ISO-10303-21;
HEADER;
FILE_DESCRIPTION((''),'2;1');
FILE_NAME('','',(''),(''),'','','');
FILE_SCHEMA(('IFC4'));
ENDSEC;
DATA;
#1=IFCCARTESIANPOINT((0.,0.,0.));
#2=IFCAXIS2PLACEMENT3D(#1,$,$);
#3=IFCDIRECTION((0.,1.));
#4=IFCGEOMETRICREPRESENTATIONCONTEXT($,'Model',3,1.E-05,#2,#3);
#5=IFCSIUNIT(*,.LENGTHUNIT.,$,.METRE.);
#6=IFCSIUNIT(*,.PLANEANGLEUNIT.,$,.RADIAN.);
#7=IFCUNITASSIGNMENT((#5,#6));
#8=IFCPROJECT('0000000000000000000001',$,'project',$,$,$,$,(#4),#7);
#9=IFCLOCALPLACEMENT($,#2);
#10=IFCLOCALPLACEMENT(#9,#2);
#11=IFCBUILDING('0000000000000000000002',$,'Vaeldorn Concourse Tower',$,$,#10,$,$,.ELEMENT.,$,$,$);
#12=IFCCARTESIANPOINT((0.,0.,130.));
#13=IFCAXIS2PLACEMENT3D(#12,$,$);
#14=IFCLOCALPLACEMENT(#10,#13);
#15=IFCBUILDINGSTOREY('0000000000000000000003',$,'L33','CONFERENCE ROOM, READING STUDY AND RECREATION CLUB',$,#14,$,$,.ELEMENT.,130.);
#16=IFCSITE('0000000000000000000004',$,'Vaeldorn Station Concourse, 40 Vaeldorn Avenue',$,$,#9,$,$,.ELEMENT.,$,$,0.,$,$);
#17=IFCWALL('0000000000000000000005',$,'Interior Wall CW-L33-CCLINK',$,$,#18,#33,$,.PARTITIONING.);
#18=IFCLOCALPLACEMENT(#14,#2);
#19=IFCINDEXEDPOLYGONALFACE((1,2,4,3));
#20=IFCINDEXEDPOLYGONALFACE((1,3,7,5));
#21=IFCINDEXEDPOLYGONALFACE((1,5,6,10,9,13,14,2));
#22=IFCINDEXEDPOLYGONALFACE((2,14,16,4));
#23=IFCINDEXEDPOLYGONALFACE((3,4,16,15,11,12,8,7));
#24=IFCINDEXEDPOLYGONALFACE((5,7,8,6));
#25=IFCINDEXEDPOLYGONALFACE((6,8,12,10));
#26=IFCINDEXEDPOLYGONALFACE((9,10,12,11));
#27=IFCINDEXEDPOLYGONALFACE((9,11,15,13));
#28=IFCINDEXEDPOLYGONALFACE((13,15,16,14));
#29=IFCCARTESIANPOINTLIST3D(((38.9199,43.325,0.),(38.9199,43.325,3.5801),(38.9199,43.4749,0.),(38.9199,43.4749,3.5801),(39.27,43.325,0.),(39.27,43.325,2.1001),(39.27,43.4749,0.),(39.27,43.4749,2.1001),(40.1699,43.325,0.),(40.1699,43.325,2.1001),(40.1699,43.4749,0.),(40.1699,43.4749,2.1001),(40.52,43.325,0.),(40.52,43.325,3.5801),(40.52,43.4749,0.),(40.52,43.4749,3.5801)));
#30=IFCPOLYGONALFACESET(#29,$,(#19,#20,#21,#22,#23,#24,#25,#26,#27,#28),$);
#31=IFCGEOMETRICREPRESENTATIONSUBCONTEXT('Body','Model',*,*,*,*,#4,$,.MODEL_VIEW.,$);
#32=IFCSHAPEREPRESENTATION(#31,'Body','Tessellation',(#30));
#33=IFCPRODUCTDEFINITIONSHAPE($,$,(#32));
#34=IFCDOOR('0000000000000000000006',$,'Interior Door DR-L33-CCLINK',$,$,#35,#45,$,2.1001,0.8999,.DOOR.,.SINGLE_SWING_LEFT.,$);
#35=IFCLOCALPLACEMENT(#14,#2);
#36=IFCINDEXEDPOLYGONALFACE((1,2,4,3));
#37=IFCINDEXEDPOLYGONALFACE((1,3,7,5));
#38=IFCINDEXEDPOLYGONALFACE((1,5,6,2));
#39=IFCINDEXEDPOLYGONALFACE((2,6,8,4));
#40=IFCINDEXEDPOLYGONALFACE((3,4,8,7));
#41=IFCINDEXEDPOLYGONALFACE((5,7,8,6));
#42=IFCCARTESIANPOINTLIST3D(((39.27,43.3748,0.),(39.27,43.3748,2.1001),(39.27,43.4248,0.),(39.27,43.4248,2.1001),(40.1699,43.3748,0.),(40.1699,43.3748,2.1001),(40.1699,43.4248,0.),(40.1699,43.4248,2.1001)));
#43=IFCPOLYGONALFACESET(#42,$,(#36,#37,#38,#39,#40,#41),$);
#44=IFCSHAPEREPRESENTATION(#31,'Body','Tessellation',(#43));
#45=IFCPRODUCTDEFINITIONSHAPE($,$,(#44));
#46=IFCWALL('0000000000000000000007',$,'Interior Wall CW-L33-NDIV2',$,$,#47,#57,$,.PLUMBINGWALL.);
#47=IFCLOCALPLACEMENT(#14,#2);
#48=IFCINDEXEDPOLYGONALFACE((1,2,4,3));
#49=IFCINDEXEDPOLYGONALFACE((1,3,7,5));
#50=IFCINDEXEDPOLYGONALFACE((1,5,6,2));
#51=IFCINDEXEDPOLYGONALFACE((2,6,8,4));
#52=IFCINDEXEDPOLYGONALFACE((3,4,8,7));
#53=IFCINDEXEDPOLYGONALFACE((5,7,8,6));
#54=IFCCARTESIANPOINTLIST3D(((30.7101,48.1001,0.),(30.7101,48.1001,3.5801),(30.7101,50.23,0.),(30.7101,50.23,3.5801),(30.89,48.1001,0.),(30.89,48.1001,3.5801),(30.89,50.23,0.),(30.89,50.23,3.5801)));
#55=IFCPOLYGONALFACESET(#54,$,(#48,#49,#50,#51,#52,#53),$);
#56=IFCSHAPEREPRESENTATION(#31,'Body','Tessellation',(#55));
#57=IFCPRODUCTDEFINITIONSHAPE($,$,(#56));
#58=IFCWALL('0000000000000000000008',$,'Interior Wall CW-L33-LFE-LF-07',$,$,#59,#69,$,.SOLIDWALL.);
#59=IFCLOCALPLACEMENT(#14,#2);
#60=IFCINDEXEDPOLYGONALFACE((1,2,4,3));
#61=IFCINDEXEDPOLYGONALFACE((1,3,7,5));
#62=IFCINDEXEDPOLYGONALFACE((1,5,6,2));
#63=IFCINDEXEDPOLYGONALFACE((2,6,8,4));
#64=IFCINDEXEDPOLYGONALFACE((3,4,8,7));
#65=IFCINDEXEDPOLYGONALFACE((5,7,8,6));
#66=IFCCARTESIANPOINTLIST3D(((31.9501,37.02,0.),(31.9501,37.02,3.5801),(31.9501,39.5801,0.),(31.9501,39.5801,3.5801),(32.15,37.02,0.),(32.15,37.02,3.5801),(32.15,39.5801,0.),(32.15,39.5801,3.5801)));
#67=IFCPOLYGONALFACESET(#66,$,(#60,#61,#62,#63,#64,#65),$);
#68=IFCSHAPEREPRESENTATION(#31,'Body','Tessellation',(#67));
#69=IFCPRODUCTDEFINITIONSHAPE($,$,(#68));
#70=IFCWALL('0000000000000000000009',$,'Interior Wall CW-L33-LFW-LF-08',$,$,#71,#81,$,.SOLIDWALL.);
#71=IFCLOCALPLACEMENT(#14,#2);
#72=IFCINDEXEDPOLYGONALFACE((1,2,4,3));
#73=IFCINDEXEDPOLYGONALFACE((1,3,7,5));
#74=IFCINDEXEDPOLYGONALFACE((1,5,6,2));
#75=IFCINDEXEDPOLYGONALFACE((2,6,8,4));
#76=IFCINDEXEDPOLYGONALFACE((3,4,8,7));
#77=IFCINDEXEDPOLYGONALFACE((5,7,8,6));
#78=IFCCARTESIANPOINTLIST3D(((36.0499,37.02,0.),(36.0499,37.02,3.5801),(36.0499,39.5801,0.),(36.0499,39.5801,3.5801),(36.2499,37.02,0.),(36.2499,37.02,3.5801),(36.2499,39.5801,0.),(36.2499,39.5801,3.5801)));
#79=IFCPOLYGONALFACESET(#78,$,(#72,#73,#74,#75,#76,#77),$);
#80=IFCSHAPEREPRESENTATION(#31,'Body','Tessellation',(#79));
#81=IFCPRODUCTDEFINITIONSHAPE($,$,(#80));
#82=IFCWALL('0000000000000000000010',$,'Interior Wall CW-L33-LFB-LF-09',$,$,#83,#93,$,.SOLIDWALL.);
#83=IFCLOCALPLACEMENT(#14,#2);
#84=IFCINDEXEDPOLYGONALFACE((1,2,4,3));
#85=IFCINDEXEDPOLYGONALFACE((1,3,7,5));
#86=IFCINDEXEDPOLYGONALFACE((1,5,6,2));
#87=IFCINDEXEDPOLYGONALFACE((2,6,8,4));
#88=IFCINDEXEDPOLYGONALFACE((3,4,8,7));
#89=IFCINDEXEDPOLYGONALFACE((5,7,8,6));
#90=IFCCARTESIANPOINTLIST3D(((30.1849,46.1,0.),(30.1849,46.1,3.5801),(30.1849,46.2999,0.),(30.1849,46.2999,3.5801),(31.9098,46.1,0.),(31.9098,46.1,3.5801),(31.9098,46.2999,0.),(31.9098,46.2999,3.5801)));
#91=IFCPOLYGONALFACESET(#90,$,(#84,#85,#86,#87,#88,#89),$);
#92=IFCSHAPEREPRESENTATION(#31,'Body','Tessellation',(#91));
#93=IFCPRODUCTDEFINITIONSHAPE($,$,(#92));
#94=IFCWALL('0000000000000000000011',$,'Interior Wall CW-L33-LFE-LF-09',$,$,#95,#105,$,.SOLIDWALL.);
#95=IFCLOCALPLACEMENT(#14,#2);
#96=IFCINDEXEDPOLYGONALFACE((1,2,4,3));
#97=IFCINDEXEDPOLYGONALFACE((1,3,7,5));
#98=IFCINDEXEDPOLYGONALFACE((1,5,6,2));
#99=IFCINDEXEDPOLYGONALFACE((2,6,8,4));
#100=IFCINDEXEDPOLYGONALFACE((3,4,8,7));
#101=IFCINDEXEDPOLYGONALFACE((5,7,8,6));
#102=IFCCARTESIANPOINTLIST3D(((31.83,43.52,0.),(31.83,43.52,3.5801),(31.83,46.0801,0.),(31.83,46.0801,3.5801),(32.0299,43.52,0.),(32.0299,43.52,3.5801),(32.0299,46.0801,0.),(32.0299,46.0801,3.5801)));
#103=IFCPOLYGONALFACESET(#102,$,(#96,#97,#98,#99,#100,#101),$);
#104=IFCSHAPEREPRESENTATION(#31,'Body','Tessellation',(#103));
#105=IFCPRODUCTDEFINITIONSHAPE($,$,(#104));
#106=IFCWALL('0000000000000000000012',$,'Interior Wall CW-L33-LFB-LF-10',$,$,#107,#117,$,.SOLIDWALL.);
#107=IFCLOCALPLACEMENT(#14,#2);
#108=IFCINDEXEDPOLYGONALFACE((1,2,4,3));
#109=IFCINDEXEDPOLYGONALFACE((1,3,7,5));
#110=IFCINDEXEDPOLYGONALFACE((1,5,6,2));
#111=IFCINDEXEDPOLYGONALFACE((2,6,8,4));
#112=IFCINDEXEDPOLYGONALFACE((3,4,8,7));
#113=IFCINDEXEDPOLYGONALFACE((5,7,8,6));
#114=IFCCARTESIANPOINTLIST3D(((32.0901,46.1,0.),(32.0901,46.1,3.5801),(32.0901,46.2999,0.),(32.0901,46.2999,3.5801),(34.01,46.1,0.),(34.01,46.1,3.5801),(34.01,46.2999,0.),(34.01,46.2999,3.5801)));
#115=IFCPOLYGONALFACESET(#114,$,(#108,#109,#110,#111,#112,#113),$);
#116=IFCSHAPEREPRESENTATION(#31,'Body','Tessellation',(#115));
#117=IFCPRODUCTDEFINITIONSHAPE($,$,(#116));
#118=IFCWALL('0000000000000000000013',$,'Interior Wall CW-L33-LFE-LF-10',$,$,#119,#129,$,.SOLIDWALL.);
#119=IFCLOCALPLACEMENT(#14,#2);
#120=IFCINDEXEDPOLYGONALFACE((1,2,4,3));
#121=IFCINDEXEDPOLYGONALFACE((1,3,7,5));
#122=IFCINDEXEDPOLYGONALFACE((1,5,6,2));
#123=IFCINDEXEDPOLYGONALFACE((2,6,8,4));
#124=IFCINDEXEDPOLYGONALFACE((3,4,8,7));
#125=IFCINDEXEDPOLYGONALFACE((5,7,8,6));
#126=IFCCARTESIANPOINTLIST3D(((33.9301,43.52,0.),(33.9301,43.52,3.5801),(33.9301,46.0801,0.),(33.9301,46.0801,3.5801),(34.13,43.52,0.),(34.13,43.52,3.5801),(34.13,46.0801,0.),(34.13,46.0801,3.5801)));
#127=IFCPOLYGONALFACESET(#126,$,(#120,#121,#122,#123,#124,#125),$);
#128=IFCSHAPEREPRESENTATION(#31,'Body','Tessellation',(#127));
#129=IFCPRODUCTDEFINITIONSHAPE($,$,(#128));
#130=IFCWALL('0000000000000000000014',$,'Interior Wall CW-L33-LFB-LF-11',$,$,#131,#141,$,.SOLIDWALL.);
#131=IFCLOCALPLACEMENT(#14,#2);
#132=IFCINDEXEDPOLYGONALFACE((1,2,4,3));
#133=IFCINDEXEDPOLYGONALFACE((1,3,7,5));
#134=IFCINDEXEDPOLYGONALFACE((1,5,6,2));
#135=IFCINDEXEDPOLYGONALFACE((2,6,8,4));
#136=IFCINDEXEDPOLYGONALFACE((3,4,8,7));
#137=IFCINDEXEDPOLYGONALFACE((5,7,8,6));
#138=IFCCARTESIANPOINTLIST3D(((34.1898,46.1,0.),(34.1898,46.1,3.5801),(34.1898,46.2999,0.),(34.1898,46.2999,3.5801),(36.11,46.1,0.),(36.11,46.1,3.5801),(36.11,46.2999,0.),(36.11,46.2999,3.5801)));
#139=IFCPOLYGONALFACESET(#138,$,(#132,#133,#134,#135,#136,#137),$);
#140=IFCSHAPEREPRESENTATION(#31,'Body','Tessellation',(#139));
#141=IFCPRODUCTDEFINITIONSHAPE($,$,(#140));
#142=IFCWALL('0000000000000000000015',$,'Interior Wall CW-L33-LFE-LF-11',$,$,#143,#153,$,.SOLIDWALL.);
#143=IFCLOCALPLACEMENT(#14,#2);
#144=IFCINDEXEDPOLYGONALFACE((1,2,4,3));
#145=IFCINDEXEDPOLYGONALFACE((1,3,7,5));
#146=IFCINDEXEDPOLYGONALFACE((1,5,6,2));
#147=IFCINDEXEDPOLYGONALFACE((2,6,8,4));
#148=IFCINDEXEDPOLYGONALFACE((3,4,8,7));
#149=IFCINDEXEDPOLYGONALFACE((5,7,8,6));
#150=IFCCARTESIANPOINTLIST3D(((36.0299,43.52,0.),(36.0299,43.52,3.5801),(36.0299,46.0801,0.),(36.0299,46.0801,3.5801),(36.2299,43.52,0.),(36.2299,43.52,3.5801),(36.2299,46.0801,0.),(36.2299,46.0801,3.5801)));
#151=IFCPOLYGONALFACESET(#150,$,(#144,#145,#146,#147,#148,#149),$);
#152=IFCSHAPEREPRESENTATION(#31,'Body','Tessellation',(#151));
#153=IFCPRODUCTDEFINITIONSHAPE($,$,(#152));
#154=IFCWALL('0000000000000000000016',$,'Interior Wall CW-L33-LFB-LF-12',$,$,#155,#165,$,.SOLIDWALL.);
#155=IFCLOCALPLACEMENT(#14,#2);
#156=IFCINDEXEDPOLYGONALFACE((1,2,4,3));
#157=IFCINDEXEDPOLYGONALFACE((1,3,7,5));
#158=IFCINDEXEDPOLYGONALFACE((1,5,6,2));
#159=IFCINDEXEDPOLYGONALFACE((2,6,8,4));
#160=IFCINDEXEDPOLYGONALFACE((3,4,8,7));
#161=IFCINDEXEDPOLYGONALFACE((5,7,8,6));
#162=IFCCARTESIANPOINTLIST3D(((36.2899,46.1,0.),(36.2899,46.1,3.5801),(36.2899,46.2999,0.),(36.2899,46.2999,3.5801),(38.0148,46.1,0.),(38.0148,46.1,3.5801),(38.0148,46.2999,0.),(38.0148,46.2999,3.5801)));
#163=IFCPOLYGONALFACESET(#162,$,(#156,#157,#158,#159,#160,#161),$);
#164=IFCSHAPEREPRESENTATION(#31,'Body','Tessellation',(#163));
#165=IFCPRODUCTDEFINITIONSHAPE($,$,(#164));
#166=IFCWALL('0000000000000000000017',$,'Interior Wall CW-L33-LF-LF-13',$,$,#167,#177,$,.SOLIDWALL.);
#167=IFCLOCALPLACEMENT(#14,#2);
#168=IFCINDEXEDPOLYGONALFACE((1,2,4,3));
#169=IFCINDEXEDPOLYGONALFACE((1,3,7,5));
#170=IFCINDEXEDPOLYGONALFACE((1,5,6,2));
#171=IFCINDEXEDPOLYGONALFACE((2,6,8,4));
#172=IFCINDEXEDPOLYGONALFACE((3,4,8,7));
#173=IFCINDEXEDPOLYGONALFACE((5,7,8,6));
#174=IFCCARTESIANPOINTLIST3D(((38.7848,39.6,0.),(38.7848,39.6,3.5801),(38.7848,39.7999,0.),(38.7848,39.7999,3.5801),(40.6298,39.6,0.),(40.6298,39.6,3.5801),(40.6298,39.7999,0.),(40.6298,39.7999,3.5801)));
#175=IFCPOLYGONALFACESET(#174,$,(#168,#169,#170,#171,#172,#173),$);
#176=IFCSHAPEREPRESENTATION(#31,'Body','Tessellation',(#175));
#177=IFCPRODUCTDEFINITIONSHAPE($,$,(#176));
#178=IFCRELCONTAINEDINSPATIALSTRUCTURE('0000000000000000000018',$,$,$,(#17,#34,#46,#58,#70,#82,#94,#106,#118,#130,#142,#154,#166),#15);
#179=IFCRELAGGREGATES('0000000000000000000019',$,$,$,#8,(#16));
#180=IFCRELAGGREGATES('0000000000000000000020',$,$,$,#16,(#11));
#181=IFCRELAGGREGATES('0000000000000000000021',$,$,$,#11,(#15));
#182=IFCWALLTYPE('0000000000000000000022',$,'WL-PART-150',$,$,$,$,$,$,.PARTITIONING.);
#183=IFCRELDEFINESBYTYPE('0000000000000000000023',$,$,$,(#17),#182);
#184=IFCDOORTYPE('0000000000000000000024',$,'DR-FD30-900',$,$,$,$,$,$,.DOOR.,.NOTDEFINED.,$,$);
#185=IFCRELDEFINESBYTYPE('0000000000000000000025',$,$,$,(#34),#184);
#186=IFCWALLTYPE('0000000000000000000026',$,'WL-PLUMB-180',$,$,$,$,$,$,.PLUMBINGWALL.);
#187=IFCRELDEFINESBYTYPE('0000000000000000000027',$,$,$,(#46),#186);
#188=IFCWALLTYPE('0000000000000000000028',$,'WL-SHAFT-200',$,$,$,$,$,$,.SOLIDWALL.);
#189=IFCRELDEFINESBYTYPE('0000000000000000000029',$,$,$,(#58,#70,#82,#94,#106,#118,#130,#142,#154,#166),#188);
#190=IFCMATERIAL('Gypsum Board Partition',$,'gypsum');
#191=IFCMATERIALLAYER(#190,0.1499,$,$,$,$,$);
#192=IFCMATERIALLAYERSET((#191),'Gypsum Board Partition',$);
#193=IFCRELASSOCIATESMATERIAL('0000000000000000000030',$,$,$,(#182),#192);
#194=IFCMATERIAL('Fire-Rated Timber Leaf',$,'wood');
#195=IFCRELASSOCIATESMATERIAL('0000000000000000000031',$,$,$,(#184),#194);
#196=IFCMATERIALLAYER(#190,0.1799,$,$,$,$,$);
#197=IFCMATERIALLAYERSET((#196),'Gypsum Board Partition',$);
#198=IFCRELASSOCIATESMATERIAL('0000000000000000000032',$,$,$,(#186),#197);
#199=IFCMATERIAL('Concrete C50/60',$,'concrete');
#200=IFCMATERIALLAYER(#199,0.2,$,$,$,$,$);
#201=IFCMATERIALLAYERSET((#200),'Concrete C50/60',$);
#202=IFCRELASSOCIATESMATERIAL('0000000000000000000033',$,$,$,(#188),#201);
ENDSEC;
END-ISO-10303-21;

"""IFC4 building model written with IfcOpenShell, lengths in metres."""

from ifc_helpers import new_model, si_unit, direction, frame, frame_2d, origin, place, context, subcontext, project, spatial, rectangle, extrude, source, transform, mapped, material, layer, layer_set, type_object, element, fill, save


model = new_model("IFC4")

# Units and contexts
model_context = context("Model", 3, precision=1e-05, world=origin(), true_north=direction((0.0, 1.0)))
body_context = subcontext(model_context, "Body", "Model", "MODEL_VIEW")
ifc_project = project(units=[si_unit("LENGTHUNIT", "METRE"), si_unit("PLANEANGLEUNIT", "RADIAN")], contexts=[model_context])

# Site, building, storey
site_placement = place(None, origin())
site = spatial("IfcSite", under=ifc_project, at=site_placement, Name="Vaeldorn Station Concourse, 40 Vaeldorn Avenue", CompositionType="ELEMENT", RefElevation=0.0)
building_placement = place(site_placement, origin())
building = spatial("IfcBuilding", under=site, at=building_placement, Name="Vaeldorn Concourse Tower", CompositionType="ELEMENT")
storey_placement = place(building_placement, frame((0.0, 0.0, 130.0)))
storey = spatial("IfcBuildingStorey", under=building, at=storey_placement, Name="L33", Description="CONFERENCE ROOM, READING STUDY AND RECREATION CLUB", CompositionType="ELEMENT", Elevation=130.0)

# Wall, opening, door
ifc_material_1 = material(Name="Gypsum Board Partition", Category="gypsum")
ifc_layer_1 = layer(ifc_material_1, 0.1499)
ifc_layer_set_1 = layer_set([ifc_layer_1], Name="Gypsum Board Partition")
wall_type_1 = type_object("IfcWallType", Name="WL-PART-150", PredefinedType="PARTITIONING", material=ifc_layer_set_1)
wall_1_placement = place(storey_placement, frame((38.9199, 43.3999, 0.0), z_axis=(0.0, 0.0, 1.0), x_axis=(1.0, 0.0, 0.0)))
wall_1 = element("IfcWall", 1, at=wall_1_placement, inside=storey, type_object=wall_type_1, Name="Interior Wall CW-L33-CCLINK", PredefinedType="PARTITIONING", context=body_context, shape_type="SweptSolid", body=[
    extrude(rectangle(XDim=1.6001, YDim=0.1499, at=frame_2d((0.8, 0.0))), origin(), (0.0, 0.0, 1.0), 3.5801),
])
opening_1_placement = place(wall_1_placement, frame((0.3501, 0.0, 0.0)))
opening_1 = element("IfcOpeningElement", 2, at=opening_1_placement, cuts=wall_1, PredefinedType="OPENING", context=body_context, shape_type="SweptSolid", body=[
    extrude(rectangle(XDim=0.8999, YDim=2.1001, at=frame_2d((0.45, 1.05))), frame((0.0, 0.085, 0.0), z_axis=(0.0, -1.0, 0.0), x_axis=(1.0, 0.0, 0.0)), (0.0, 0.0, 1.0), 0.1699),
])
ifc_material_2 = material(Name="Fire-Rated Timber Leaf", Category="wood")
door_type_1 = type_object("IfcDoorType", Name="DR-FD30-900", OperationType="NOTDEFINED", PredefinedType="DOOR", material=ifc_material_2)
shared_shape_1 = source(origin(), body_context, "Body", "SweptSolid", [
    extrude(rectangle(XDim=0.8999, YDim=2.1001, at=frame_2d((0.45, 1.05))), frame((0.0, 0.0249, 0.0), z_axis=(0.0, -1.0, 0.0), x_axis=(1.0, 0.0, 0.0)), (0.0, 0.0, 1.0), 0.05),
])
door_1_placement = place(opening_1_placement, origin())
door_1 = element("IfcDoor", 3, at=door_1_placement, inside=storey, type_object=door_type_1, Name="Interior Door DR-L33-CCLINK", OperationType="SINGLE_SWING_LEFT", OverallHeight=2.1001, OverallWidth=0.8999, PredefinedType="DOOR", context=body_context, shape_type="MappedRepresentation", body=[
    mapped(shared_shape_1, transform((0.0, 0.0, 0.0), scale=1.0)),
])
fill(opening_1, door_1)

# Wall
ifc_layer_2 = layer(ifc_material_1, 0.1799)
ifc_layer_set_2 = layer_set([ifc_layer_2], Name="Gypsum Board Partition")
wall_type_2 = type_object("IfcWallType", Name="WL-PLUMB-180", PredefinedType="PLUMBINGWALL", material=ifc_layer_set_2)
wall_2_placement = place(storey_placement, frame((30.8, 48.1001, 0.0), z_axis=(0.0, 0.0, 1.0), x_axis=(0.0, 1.0, 0.0)))
element("IfcWall", 4, at=wall_2_placement, inside=storey, type_object=wall_type_2, Name="Interior Wall CW-L33-NDIV2", PredefinedType="PLUMBINGWALL", context=body_context, shape_type="SweptSolid", body=[
    extrude(rectangle(XDim=2.1299, YDim=0.1799, at=frame_2d((1.0649, 0.0))), origin(), (0.0, 0.0, 1.0), 3.5801),
])

# Shared definitions
ifc_material_3 = material(Name="Concrete C50/60", Category="concrete")
ifc_layer_3 = layer(ifc_material_3, 0.2)
ifc_layer_set_3 = layer_set([ifc_layer_3], Name="Concrete C50/60")
wall_type_3 = type_object("IfcWallType", Name="WL-SHAFT-200", PredefinedType="SOLIDWALL", material=ifc_layer_set_3)

# Wall
wall_3_placement = place(storey_placement, frame((32.05, 37.02, 0.0), z_axis=(0.0, 0.0, 1.0), x_axis=(0.0, 1.0, 0.0)))
element("IfcWall", 5, at=wall_3_placement, inside=storey, type_object=wall_type_3, Name="Interior Wall CW-L33-LFE-LF-07", PredefinedType="SOLIDWALL", context=body_context, shape_type="SweptSolid", body=[
    extrude(rectangle(XDim=2.5601, YDim=0.2, at=frame_2d((1.28, 0.0))), origin(), (0.0, 0.0, 1.0), 3.5801),
])

# Wall
wall_4_placement = place(storey_placement, frame((36.1499, 37.02, 0.0), z_axis=(0.0, 0.0, 1.0), x_axis=(0.0, 1.0, 0.0)))
element("IfcWall", 6, at=wall_4_placement, inside=storey, type_object=wall_type_3, Name="Interior Wall CW-L33-LFW-LF-08", PredefinedType="SOLIDWALL", context=body_context, shape_type="SweptSolid", body=[
    extrude(rectangle(XDim=2.5601, YDim=0.2, at=frame_2d((1.28, 0.0))), origin(), (0.0, 0.0, 1.0), 3.5801),
])

# Walls
wall_5_placement = place(storey_placement, frame((30.1851, 46.2, 0.0), z_axis=(0.0, 0.0, 1.0), x_axis=(1.0, 0.0, 0.0)))
element("IfcWall", 7, at=wall_5_placement, inside=storey, type_object=wall_type_3, Name="Interior Wall CW-L33-LFB-LF-09", PredefinedType="SOLIDWALL", context=body_context, shape_type="SweptSolid", body=[
    extrude(rectangle(XDim=1.7249, YDim=0.2, at=frame_2d((0.8623, 0.0))), origin(), (0.0, 0.0, 1.0), 3.5801),
])
wall_6_placement = place(storey_placement, frame((31.9299, 43.52, 0.0), z_axis=(0.0, 0.0, 1.0), x_axis=(0.0, 1.0, 0.0)))
element("IfcWall", 8, at=wall_6_placement, inside=storey, type_object=wall_type_3, Name="Interior Wall CW-L33-LFE-LF-09", PredefinedType="SOLIDWALL", context=body_context, shape_type="SweptSolid", body=[
    extrude(rectangle(XDim=2.5601, YDim=0.2, at=frame_2d((1.28, 0.0))), origin(), (0.0, 0.0, 1.0), 3.5801),
])

# Walls
wall_7_placement = place(storey_placement, frame((32.0901, 46.2, 0.0), z_axis=(0.0, 0.0, 1.0), x_axis=(1.0, 0.0, 0.0)))
element("IfcWall", 9, at=wall_7_placement, inside=storey, type_object=wall_type_3, Name="Interior Wall CW-L33-LFB-LF-10", PredefinedType="SOLIDWALL", context=body_context, shape_type="SweptSolid", body=[
    extrude(rectangle(XDim=1.9199, YDim=0.2, at=frame_2d((0.96, 0.0))), origin(), (0.0, 0.0, 1.0), 3.5801),
])
wall_8_placement = place(storey_placement, frame((34.03, 43.52, 0.0), z_axis=(0.0, 0.0, 1.0), x_axis=(0.0, 1.0, 0.0)))
element("IfcWall", 10, at=wall_8_placement, inside=storey, type_object=wall_type_3, Name="Interior Wall CW-L33-LFE-LF-10", PredefinedType="SOLIDWALL", context=body_context, shape_type="SweptSolid", body=[
    extrude(rectangle(XDim=2.5601, YDim=0.2, at=frame_2d((1.28, 0.0))), origin(), (0.0, 0.0, 1.0), 3.5801),
])

# Walls
wall_9_placement = place(storey_placement, frame((34.1899, 46.2, 0.0), z_axis=(0.0, 0.0, 1.0), x_axis=(1.0, 0.0, 0.0)))
element("IfcWall", 11, at=wall_9_placement, inside=storey, type_object=wall_type_3, Name="Interior Wall CW-L33-LFB-LF-11", PredefinedType="SOLIDWALL", context=body_context, shape_type="SweptSolid", body=[
    extrude(rectangle(XDim=1.9202, YDim=0.2, at=frame_2d((0.96, 0.0))), origin(), (0.0, 0.0, 1.0), 3.5801),
])
wall_10_placement = place(storey_placement, frame((36.1299, 43.52, 0.0), z_axis=(0.0, 0.0, 1.0), x_axis=(0.0, 1.0, 0.0)))
element("IfcWall", 12, at=wall_10_placement, inside=storey, type_object=wall_type_3, Name="Interior Wall CW-L33-LFE-LF-11", PredefinedType="SOLIDWALL", context=body_context, shape_type="SweptSolid", body=[
    extrude(rectangle(XDim=2.5601, YDim=0.2, at=frame_2d((1.28, 0.0))), origin(), (0.0, 0.0, 1.0), 3.5801),
])

# Walls
wall_11_placement = place(storey_placement, frame((36.29, 46.2, 0.0), z_axis=(0.0, 0.0, 1.0), x_axis=(1.0, 0.0, 0.0)))
element("IfcWall", 13, at=wall_11_placement, inside=storey, type_object=wall_type_3, Name="Interior Wall CW-L33-LFB-LF-12", PredefinedType="SOLIDWALL", context=body_context, shape_type="SweptSolid", body=[
    extrude(rectangle(XDim=1.7249, YDim=0.2, at=frame_2d((0.8623, 0.0))), origin(), (0.0, 0.0, 1.0), 3.5801),
])
wall_12_placement = place(storey_placement, frame((38.7849, 39.7, 0.0), z_axis=(0.0, 0.0, 1.0), x_axis=(1.0, 0.0, 0.0)))
element("IfcWall", 14, at=wall_12_placement, inside=storey, type_object=wall_type_3, Name="Interior Wall CW-L33-LF-LF-13", PredefinedType="SOLIDWALL", context=body_context, shape_type="SweptSolid", body=[
    extrude(rectangle(XDim=1.845, YDim=0.2, at=frame_2d((0.9224, 0.0))), origin(), (0.0, 0.0, 1.0), 3.5801),
])

save(model, "model.ifc")
